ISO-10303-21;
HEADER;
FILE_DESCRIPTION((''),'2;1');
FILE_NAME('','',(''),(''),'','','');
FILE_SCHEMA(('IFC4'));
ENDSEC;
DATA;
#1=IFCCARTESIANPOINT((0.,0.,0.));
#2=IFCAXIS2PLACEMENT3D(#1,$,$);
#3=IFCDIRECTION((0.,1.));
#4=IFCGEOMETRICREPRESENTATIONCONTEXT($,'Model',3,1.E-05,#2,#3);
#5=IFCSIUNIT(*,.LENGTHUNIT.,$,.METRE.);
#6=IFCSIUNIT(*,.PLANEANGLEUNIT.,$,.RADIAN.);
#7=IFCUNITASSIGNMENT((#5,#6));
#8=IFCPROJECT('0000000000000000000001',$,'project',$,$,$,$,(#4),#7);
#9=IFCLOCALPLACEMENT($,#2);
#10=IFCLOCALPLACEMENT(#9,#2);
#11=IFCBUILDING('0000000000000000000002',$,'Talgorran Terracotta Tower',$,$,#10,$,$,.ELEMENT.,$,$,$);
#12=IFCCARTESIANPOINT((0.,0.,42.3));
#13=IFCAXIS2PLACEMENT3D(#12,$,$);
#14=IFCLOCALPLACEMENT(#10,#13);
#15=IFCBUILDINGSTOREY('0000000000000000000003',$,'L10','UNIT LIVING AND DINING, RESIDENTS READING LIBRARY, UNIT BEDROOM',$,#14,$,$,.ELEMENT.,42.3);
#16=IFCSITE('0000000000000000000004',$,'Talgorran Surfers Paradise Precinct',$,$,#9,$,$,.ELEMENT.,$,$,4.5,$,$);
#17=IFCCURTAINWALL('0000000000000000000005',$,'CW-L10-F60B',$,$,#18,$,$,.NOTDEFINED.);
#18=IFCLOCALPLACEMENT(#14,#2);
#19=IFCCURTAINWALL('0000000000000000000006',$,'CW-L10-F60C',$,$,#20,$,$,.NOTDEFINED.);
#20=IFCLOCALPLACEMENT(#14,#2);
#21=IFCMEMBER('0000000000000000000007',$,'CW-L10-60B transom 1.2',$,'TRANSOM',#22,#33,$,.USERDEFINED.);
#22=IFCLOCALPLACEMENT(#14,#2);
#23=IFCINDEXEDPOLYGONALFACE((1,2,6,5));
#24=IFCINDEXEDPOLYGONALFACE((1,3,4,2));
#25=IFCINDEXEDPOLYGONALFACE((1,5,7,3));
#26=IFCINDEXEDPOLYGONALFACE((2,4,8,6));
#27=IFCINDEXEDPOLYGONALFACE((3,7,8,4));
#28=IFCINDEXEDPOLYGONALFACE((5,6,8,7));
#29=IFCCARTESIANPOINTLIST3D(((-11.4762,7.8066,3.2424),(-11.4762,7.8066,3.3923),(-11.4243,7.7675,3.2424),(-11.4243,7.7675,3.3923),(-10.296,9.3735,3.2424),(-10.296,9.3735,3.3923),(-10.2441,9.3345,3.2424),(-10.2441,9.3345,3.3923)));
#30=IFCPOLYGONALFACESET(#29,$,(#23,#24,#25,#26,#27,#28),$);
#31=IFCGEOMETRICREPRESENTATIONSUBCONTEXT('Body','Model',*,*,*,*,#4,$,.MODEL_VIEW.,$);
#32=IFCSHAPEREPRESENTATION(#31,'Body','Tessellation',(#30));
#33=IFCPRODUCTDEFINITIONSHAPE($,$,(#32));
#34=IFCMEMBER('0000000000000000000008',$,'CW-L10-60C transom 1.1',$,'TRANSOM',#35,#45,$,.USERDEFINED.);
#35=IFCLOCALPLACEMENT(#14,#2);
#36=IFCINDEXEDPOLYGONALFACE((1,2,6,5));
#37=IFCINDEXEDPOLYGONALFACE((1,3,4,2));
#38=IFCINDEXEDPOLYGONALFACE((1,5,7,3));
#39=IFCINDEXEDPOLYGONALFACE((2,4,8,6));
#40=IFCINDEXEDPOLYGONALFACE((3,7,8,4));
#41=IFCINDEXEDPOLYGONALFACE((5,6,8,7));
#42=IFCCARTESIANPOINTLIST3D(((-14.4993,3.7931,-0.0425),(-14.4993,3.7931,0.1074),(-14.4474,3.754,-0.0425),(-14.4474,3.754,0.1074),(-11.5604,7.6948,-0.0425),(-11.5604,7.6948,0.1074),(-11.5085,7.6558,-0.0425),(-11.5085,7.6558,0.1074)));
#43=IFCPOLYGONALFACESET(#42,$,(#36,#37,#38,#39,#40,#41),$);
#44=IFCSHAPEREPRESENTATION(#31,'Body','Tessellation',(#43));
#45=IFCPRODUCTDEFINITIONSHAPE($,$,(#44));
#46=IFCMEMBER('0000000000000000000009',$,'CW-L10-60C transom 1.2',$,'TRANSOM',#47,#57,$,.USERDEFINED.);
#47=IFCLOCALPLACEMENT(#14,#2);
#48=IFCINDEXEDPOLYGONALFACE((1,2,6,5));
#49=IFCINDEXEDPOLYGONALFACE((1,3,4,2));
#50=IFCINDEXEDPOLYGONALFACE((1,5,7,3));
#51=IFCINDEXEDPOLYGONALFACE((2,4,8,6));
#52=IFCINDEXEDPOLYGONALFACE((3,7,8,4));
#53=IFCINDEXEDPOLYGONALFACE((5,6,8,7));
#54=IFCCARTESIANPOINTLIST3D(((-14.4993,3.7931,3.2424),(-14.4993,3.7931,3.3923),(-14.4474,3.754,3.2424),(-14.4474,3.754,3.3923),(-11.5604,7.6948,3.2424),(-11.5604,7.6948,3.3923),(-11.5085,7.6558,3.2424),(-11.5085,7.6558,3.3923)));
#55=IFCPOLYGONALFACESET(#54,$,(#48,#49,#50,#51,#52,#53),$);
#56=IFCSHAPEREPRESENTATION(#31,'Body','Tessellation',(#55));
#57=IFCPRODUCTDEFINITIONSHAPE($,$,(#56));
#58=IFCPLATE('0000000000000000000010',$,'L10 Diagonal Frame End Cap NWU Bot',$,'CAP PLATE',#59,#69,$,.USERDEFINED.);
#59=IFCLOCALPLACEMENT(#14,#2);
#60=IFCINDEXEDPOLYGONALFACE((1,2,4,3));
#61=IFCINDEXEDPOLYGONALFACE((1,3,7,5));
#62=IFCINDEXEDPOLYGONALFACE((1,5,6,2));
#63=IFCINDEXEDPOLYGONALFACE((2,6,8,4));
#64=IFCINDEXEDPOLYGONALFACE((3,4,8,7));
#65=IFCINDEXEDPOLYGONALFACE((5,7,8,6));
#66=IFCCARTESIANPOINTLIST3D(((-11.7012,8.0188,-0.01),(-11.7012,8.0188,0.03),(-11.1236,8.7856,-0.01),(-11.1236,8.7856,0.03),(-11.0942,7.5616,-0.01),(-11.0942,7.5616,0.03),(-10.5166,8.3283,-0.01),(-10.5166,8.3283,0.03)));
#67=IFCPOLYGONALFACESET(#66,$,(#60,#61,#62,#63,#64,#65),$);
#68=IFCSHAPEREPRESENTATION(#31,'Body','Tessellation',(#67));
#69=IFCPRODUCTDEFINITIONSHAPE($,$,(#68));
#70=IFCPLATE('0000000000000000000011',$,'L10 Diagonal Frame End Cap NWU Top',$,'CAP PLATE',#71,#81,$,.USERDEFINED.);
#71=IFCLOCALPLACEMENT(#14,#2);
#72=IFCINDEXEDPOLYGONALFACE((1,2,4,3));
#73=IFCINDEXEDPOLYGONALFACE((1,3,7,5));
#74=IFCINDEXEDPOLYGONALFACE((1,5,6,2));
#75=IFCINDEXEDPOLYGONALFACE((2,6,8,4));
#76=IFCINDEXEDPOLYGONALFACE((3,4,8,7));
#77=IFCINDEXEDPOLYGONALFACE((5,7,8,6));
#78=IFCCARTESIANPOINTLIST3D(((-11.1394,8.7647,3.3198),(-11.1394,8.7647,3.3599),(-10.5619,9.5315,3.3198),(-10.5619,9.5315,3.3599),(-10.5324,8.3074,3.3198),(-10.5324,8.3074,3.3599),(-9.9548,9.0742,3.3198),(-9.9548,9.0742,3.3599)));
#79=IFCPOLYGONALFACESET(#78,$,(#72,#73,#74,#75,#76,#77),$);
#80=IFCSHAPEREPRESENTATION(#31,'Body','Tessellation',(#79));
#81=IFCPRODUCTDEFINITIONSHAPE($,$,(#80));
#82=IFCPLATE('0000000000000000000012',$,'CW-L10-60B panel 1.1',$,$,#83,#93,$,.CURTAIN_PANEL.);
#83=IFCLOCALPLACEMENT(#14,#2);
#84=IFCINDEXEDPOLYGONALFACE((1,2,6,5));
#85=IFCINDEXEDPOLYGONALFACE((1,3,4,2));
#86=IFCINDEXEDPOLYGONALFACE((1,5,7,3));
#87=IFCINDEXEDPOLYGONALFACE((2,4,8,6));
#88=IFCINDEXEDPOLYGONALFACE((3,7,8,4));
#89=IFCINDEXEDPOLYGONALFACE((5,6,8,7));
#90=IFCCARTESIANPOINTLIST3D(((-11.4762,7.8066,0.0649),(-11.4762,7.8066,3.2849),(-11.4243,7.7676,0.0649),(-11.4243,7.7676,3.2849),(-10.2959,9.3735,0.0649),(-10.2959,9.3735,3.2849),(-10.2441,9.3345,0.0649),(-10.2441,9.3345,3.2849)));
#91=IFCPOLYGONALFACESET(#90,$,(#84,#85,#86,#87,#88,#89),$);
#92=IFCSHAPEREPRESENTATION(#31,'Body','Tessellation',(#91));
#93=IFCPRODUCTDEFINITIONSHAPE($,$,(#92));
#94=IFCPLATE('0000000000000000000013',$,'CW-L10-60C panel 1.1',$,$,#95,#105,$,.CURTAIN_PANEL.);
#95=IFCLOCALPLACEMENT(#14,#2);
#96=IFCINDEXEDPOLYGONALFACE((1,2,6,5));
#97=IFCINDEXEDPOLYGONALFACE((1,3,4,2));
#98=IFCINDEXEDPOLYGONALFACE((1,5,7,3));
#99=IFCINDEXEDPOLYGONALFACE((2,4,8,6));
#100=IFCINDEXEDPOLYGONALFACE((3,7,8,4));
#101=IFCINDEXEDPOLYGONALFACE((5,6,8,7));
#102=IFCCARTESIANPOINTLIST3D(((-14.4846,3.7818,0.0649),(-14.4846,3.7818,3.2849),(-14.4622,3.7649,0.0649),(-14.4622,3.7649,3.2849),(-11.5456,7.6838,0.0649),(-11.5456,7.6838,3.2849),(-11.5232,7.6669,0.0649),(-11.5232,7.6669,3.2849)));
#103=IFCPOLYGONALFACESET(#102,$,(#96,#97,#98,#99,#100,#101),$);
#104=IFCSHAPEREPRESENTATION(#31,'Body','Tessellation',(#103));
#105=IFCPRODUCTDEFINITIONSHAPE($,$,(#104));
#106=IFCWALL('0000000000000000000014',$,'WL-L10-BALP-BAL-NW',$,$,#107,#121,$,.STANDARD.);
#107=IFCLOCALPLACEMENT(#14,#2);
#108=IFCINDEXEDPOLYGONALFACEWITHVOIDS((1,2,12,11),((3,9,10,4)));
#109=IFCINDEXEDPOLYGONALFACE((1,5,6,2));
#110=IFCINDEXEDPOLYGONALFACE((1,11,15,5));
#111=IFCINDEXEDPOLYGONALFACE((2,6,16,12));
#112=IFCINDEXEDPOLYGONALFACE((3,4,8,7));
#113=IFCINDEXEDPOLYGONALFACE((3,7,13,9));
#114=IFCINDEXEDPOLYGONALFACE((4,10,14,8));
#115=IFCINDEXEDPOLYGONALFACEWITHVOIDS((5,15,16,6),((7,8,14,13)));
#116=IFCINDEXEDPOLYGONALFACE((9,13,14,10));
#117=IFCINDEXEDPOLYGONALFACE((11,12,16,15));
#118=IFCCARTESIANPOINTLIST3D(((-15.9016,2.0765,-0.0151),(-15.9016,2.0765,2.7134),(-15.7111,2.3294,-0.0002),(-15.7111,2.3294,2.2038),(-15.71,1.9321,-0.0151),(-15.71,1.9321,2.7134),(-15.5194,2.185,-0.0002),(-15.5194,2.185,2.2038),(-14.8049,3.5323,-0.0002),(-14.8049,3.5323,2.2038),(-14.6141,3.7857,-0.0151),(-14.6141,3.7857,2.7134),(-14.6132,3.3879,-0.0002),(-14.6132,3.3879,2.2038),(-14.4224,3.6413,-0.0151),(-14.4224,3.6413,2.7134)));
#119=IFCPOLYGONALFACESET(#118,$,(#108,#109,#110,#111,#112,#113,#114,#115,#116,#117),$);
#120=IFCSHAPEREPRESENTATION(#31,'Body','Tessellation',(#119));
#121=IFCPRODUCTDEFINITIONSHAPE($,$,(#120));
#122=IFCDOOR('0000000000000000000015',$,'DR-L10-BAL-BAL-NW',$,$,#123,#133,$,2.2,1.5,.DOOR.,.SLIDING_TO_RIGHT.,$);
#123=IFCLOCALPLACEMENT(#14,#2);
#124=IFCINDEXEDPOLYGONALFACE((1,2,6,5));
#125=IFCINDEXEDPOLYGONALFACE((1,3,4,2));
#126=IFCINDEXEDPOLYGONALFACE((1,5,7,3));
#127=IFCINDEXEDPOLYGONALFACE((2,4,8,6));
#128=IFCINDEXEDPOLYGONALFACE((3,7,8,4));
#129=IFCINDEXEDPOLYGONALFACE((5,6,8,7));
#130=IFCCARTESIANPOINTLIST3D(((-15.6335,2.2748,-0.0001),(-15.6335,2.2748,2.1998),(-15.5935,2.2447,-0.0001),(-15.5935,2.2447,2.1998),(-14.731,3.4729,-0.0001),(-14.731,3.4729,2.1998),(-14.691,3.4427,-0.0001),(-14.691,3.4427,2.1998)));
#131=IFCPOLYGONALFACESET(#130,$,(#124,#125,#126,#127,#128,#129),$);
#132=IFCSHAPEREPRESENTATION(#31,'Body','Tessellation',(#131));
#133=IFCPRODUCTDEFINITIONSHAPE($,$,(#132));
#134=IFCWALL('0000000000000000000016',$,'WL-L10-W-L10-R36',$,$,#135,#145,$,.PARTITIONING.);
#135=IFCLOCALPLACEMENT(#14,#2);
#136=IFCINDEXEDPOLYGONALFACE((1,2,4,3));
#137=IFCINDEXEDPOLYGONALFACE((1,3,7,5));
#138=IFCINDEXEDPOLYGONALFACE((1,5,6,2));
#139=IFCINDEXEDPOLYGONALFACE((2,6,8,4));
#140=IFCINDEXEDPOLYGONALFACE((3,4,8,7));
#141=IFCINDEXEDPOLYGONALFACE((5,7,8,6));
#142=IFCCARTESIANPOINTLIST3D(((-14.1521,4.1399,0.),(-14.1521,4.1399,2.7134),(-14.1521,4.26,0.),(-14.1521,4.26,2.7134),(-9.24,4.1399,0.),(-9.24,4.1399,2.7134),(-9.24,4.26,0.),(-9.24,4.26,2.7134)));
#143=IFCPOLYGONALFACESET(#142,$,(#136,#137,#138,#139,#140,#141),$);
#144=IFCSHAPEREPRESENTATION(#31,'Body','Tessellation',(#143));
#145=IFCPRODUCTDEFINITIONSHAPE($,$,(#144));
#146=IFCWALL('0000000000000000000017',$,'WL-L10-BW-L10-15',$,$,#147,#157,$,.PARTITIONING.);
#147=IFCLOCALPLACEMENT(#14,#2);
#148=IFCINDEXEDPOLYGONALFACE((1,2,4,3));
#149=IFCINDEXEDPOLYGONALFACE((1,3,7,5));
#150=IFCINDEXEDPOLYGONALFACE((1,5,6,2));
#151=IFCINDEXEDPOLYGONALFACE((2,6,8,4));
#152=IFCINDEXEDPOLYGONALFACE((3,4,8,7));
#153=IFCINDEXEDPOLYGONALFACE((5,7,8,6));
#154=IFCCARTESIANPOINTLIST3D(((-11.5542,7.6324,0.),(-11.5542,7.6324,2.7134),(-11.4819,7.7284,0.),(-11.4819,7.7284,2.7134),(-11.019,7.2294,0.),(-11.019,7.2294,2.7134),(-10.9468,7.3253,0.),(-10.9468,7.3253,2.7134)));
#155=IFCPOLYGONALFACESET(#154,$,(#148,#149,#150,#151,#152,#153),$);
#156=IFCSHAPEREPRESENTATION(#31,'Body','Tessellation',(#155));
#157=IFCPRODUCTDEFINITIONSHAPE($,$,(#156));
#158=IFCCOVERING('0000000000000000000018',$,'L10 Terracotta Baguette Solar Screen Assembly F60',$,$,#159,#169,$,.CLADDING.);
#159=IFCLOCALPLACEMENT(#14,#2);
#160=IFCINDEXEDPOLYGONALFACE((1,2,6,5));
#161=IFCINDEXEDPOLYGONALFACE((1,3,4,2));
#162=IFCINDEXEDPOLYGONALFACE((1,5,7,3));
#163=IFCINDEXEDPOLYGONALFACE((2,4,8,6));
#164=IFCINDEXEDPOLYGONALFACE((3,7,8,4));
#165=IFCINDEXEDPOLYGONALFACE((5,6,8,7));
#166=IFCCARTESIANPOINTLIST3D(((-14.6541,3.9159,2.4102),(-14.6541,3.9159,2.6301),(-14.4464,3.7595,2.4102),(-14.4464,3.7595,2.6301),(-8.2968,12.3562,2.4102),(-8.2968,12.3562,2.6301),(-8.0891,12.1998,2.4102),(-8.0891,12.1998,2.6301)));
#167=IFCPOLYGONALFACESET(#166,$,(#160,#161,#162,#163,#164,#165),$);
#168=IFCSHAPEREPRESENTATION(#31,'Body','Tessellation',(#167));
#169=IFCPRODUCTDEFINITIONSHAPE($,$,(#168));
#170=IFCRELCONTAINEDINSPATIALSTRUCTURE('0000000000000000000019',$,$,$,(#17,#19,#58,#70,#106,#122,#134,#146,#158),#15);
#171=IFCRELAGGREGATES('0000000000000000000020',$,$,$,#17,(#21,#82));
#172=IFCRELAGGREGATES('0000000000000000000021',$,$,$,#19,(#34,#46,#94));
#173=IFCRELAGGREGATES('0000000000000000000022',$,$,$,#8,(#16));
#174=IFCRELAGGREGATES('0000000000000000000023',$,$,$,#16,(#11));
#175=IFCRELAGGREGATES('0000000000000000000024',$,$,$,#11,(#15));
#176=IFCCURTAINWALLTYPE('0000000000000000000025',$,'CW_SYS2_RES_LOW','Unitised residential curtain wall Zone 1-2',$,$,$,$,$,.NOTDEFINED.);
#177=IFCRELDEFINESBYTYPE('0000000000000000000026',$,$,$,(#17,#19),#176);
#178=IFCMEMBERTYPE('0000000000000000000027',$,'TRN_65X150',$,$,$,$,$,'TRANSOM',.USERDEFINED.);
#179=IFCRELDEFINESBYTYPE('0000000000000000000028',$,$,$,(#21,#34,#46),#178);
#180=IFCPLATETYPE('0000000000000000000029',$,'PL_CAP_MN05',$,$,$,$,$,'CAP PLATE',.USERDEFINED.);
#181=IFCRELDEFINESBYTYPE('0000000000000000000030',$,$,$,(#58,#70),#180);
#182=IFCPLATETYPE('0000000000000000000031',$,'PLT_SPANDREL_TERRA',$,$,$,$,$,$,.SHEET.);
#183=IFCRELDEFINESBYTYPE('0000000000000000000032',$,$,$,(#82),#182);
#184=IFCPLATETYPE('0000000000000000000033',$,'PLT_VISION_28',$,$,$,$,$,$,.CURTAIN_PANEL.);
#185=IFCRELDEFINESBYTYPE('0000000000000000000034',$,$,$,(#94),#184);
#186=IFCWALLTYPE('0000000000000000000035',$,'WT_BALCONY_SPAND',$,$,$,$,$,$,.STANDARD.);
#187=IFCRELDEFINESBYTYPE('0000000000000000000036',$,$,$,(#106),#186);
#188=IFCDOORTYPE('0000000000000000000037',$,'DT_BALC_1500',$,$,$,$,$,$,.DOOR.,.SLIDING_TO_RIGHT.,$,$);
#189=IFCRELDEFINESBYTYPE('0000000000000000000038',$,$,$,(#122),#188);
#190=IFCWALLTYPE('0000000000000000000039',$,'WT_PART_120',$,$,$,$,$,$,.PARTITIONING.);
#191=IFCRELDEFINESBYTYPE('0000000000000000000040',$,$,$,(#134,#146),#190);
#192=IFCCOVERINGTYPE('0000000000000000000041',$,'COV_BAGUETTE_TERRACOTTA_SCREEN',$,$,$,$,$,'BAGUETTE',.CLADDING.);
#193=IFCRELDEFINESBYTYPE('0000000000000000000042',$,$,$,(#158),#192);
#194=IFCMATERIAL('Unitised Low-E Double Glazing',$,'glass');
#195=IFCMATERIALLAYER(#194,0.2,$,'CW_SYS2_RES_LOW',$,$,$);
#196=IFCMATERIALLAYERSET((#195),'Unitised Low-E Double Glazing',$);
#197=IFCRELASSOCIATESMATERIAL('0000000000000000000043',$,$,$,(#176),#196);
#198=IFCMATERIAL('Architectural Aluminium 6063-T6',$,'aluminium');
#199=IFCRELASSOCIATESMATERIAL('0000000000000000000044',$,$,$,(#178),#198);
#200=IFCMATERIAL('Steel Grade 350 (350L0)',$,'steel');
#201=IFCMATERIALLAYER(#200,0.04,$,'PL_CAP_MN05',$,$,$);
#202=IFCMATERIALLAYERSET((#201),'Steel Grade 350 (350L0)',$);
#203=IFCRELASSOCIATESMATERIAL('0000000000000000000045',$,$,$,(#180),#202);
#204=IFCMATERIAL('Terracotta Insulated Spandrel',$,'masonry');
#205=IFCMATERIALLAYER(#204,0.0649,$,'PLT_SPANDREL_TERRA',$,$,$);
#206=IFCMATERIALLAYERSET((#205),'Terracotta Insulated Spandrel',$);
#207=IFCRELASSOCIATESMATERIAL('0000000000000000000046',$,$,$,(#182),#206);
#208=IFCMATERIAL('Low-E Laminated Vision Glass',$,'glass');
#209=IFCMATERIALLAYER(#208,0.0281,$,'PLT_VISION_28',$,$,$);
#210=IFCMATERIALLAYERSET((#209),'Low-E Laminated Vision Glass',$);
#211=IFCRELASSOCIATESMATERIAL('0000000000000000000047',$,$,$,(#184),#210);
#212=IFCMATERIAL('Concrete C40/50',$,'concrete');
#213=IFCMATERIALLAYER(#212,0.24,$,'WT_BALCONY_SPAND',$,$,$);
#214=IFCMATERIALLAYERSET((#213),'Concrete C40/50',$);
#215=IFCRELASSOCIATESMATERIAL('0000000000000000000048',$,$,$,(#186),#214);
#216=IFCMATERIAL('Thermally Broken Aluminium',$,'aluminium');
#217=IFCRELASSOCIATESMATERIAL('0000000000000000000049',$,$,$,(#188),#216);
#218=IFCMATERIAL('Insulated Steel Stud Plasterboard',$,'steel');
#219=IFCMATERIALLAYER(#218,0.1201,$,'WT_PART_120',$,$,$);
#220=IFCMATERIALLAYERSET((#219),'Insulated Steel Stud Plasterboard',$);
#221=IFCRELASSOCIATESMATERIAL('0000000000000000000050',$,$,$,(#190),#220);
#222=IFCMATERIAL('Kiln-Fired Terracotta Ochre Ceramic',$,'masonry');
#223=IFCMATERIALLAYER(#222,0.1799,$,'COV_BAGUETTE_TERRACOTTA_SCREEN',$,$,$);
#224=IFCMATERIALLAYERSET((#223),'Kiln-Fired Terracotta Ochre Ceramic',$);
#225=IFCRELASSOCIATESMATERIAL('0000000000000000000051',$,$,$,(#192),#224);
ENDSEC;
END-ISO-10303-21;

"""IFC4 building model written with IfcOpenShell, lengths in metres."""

from ifc_helpers import new_model, si_unit, direction, frame, frame_2d, origin, origin_2d, place, context, subcontext, project, spatial, rectangle, extrude, source, transform, mapped, material, layer, layer_set, material_profile, profile_set, type_object, type_shapes, element, fill, aggregate, save


model = new_model("IFC4")

# Units and contexts
model_context = context("Model", 3, precision=1e-05, world=origin(), true_north=direction((0.0, 1.0)))
body_context = subcontext(model_context, "Body", "Model", "MODEL_VIEW")
ifc_project = project(units=[si_unit("LENGTHUNIT", "METRE"), si_unit("PLANEANGLEUNIT", "RADIAN")], contexts=[model_context])

# Site, building, storey
site_placement = place(None, origin())
site = spatial("IfcSite", under=ifc_project, at=site_placement, Name="Talgorran Surfers Paradise Precinct", CompositionType="ELEMENT", RefElevation=4.5)
building_placement = place(site_placement, origin())
building = spatial("IfcBuilding", under=site, at=building_placement, Name="Talgorran Terracotta Tower", CompositionType="ELEMENT")
storey_placement = place(building_placement, frame((0.0, 0.0, 42.3)))
storey = spatial("IfcBuildingStorey", under=building, at=storey_placement, Name="L10", Description="UNIT LIVING AND DINING, RESIDENTS READING LIBRARY, UNIT BEDROOM", CompositionType="ELEMENT", Elevation=42.3)

# Shared definitions
ifc_material_1 = material(Name="Steel Grade 350 (350L0)", Category="steel")

# Curtain walls
ifc_material_2 = material(Name="Unitised Low-E Double Glazing", Category="glass")
ifc_layer_1 = layer(ifc_material_2, 0.2, Name="CW_SYS2_RES_LOW")
ifc_layer_set_1 = layer_set([ifc_layer_1], Name="Unitised Low-E Double Glazing")
curtain_wall_type = type_object("IfcCurtainWallType", Name="CW_SYS2_RES_LOW", Description="Unitised residential curtain wall Zone 1-2", PredefinedType="NOTDEFINED", material=ifc_layer_set_1)
curtain_wall_1_placement = place(storey_placement, origin())
curtain_wall_1 = element("IfcCurtainWall", 1, at=curtain_wall_1_placement, inside=storey, type_object=curtain_wall_type, Name="CW-L10-F60B", PredefinedType="NOTDEFINED")
ifc_material_3 = material(Name="Architectural Aluminium 6063-T6", Category="aluminium")
curtain_wall_2_placement = place(storey_placement, origin())
curtain_wall_2 = element("IfcCurtainWall", 2, at=curtain_wall_2_placement, inside=storey, type_object=curtain_wall_type, Name="CW-L10-F60C", PredefinedType="NOTDEFINED")

# Members
ifc_material_profile_1 = material_profile(ifc_material_3, rectangle(XDim=0.0649, YDim=0.1499, at=origin_2d()), Name="CWT65X150")
ifc_profile_set_1 = profile_set([ifc_material_profile_1], Name="Architectural Aluminium 6063-T6")
member_type_1 = type_object("IfcMemberType", Name="TRN_65X150", ElementType="TRANSOM", PredefinedType="USERDEFINED", material=ifc_profile_set_1)
member_1_placement = place(storey_placement, frame((-10.27, 9.354, 3.3174), z_axis=(-0.601632, -0.798774, 0.0), x_axis=(0.798774, -0.601632, 0.0)))
member_1 = element("IfcMember", 3, at=member_1_placement, type_object=member_type_1, Name="CW-L10-60B transom 1.2", ObjectType="TRANSOM", PredefinedType="USERDEFINED", context=body_context, shape_type="SweptSolid", body=[
    extrude(rectangle(XDim=0.0649, YDim=0.1499, at=origin_2d()), origin(), (0.0, 0.0, 1.0), 1.9617),
])
member_2_placement = place(storey_placement, frame((-11.5344, 7.6753, 0.0325), z_axis=(-0.601646, -0.798763, 0.0), x_axis=(0.798763, -0.601646, 0.0)))
member_2 = element("IfcMember", 4, at=member_2_placement, type_object=member_type_1, Name="CW-L10-60C transom 1.1", ObjectType="TRANSOM", PredefinedType="USERDEFINED", context=body_context, shape_type="SweptSolid", body=[
    extrude(rectangle(XDim=0.0649, YDim=0.1499, at=origin_2d()), origin(), (0.0, 0.0, 1.0), 4.8848),
])
member_3_placement = place(storey_placement, frame((-11.5344, 7.6753, 3.3174), z_axis=(-0.601646, -0.798763, 0.0), x_axis=(0.798763, -0.601646, 0.0)))
member_3 = element("IfcMember", 5, at=member_3_placement, type_object=member_type_1, Name="CW-L10-60C transom 1.2", ObjectType="TRANSOM", PredefinedType="USERDEFINED", context=body_context, shape_type="SweptSolid", body=[
    extrude(rectangle(XDim=0.0649, YDim=0.1499, at=origin_2d()), origin(), (0.0, 0.0, 1.0), 4.8848),
])

# Plates
ifc_layer_2 = layer(ifc_material_1, 0.04, Name="PL_CAP_MN05")
ifc_layer_set_2 = layer_set([ifc_layer_2], Name="Steel Grade 350 (350L0)")
plate_type_1 = type_object("IfcPlateType", Name="PL_CAP_MN05", ElementType="CAP PLATE", PredefinedType="USERDEFINED", material=ifc_layer_set_2)
for number, where, z_axis, x_axis, name in (
    (6, (-11.1089, 8.1736, -0.01), (0.0, 0.0, 1.0), (0.601676, 0.798741, 0.0), "L10 Diagonal Frame End Cap NWU Bot"),
    (7, (-10.5471, 8.9194, 3.3198), (0.0, 0.0, 1.0), (0.601676, 0.798741, 0.0), "L10 Diagonal Frame End Cap NWU Top"),
):
    element("IfcPlate", number, at=place(storey_placement, frame(where, z_axis=z_axis, x_axis=x_axis)), inside=storey, type_object=plate_type_1, Name=name, ObjectType="CAP PLATE", PredefinedType="USERDEFINED", context=body_context, shape_type="SweptSolid", body=[
        extrude(rectangle(XDim=0.96, YDim=0.76, at=origin_2d()), origin(), (0.0, 0.0, 1.0), 0.04),
    ])

# Plates
ifc_material_4 = material(Name="Terracotta Insulated Spandrel", Category="masonry")
ifc_layer_3 = layer(ifc_material_4, 0.0649, Name="PLT_SPANDREL_TERRA")
ifc_layer_set_3 = layer_set([ifc_layer_3], Name="Terracotta Insulated Spandrel")
plate_type_2 = type_object("IfcPlateType", Name="PLT_SPANDREL_TERRA", PredefinedType="SHEET", material=ifc_layer_set_3)
shared_shape_1 = source(origin(), body_context, "Body", "SweptSolid", [
    extrude(rectangle(XDim=1.9617, YDim=0.0649, at=origin_2d()), origin(), (0.0, 0.0, 1.0), 3.22),
])
type_shapes(plate_type_2, [shared_shape_1])
plate_1_placement = place(storey_placement, frame((-10.8601, 8.5706, 0.0649), z_axis=(0.0, 0.0, 1.0), x_axis=(-0.601643, -0.798765, 0.0)))
plate_1 = element("IfcPlate", 8, at=plate_1_placement, type_object=plate_type_2, Name="CW-L10-60B panel 1.1", PredefinedType="CURTAIN_PANEL", context=body_context, shape_type="MappedRepresentation", body=[
    mapped(shared_shape_1, transform((0.0, 0.0, 0.0), scale=1.0)),
])
aggregate(curtain_wall_1, [member_1, plate_1])
ifc_material_5 = material(Name="Low-E Laminated Vision Glass", Category="glass")
ifc_layer_4 = layer(ifc_material_5, 0.0281, Name="PLT_VISION_28")
ifc_layer_set_4 = layer_set([ifc_layer_4], Name="Low-E Laminated Vision Glass")
plate_type_3 = type_object("IfcPlateType", Name="PLT_VISION_28", PredefinedType="CURTAIN_PANEL", material=ifc_layer_set_4)
shared_shape_2 = source(origin(), body_context, "Body", "SweptSolid", [
    extrude(rectangle(XDim=4.885, YDim=0.0281, at=origin_2d()), origin(), (0.0, 0.0, 1.0), 3.22),
])
type_shapes(plate_type_3, [shared_shape_2])
plate_2_placement = place(storey_placement, frame((-13.0039, 5.7244, 0.0649), z_axis=(0.0, 0.0, 1.0), x_axis=(-0.601626, -0.798778, 0.0)))
plate_2 = element("IfcPlate", 9, at=plate_2_placement, type_object=plate_type_3, Name="CW-L10-60C panel 1.1", PredefinedType="CURTAIN_PANEL", context=body_context, shape_type="MappedRepresentation", body=[
    mapped(shared_shape_2, transform((0.0, 0.0, 0.0), scale=1.0)),
])
aggregate(curtain_wall_2, [member_2, member_3, plate_2])

# Wall, opening, door
ifc_material_6 = material(Name="Concrete C40/50", Category="concrete")
ifc_layer_5 = layer(ifc_material_6, 0.24, Name="WT_BALCONY_SPAND")
ifc_layer_set_5 = layer_set([ifc_layer_5], Name="Concrete C40/50")
wall_type_1 = type_object("IfcWallType", Name="WT_BALCONY_SPAND", PredefinedType="STANDARD", material=ifc_layer_set_5)
wall_1_placement = place(storey_placement, frame((-14.5183, 3.7134, -0.0151), z_axis=(0.0, 0.0, 1.0), x_axis=(-0.601696, -0.798725, 0.0)))
wall_1 = element("IfcWall", 10, at=wall_1_placement, inside=storey, type_object=wall_type_1, Name="WL-L10-BALP-BAL-NW", PredefinedType="STANDARD", context=body_context, shape_type="SweptSolid", body=[
    extrude(rectangle(XDim=2.1399, YDim=0.24, at=frame_2d((1.0698, 0.0))), origin(), (0.0, 0.0, 1.0), 2.7285),
])
opening_placement = place(wall_1_placement, frame((0.3201, 0.0, 0.0149)))
opening = element("IfcOpeningElement", 11, at=opening_placement, cuts=wall_1, PredefinedType="OPENING", context=body_context, shape_type="SweptSolid", body=[
    extrude(rectangle(XDim=1.506, YDim=2.204, at=frame_2d((0.75, 1.1021))), frame((0.0, 0.1299, 0.0), z_axis=(0.0, -1.0, 0.0), x_axis=(1.0, 0.0, 0.0)), (0.0, 0.0, 1.0), 0.26),
])
ifc_material_7 = material(Name="Thermally Broken Aluminium", Category="aluminium")
door_type = type_object("IfcDoorType", Name="DT_BALC_1500", OperationType="SLIDING_TO_RIGHT", PredefinedType="DOOR", material=ifc_material_7)
door_placement = place(opening_placement, origin())
door = element("IfcDoor", 12, at=door_placement, inside=storey, type_object=door_type, Name="DR-L10-BAL-BAL-NW", OperationType="SLIDING_TO_RIGHT", OverallHeight=2.2, OverallWidth=1.5, PredefinedType="DOOR", context=body_context, shape_type="SweptSolid", body=[
    extrude(rectangle(XDim=1.5, YDim=2.2, at=frame_2d((0.75, 1.1001))), frame((0.0, 0.0249, 0.0), z_axis=(0.0, -1.0, 0.0), x_axis=(1.0, 0.0, 0.0)), (0.0, 0.0, 1.0), 0.05),
])
fill(opening, door)

# Walls
ifc_material_8 = material(Name="Insulated Steel Stud Plasterboard", Category="steel")
ifc_layer_6 = layer(ifc_material_8, 0.1201, Name="WT_PART_120")
ifc_layer_set_6 = layer_set([ifc_layer_6], Name="Insulated Steel Stud Plasterboard")
wall_type_2 = type_object("IfcWallType", Name="WT_PART_120", PredefinedType="PARTITIONING", material=ifc_layer_set_6)
wall_2_placement = place(storey_placement, frame((-14.1521, 4.2, 0.0), z_axis=(0.0, 0.0, 1.0), x_axis=(1.0, 0.0, 0.0)))
element("IfcWall", 13, at=wall_2_placement, inside=storey, type_object=wall_type_2, Name="WL-L10-W-L10-R36", PredefinedType="PARTITIONING", context=body_context, shape_type="SweptSolid", body=[
    extrude(rectangle(XDim=4.9121, YDim=0.1201, at=frame_2d((2.4561, 0.0))), origin(), (0.0, 0.0, 1.0), 2.7134),
])
wall_3_placement = place(storey_placement, frame((-10.9829, 7.2773, 0.0), z_axis=(0.0, 0.0, 1.0), x_axis=(-0.798774, 0.601631, 0.0)))
element("IfcWall", 14, at=wall_3_placement, inside=storey, type_object=wall_type_2, Name="WL-L10-BW-L10-15", PredefinedType="PARTITIONING", context=body_context, shape_type="SweptSolid", body=[
    extrude(rectangle(XDim=0.6699, YDim=0.1201, at=frame_2d((0.335, 0.0))), origin(), (0.0, 0.0, 1.0), 2.7134),
])

# Covering
ifc_material_9 = material(Name="Kiln-Fired Terracotta Ochre Ceramic", Category="masonry")
ifc_layer_7 = layer(ifc_material_9, 0.1799, Name="COV_BAGUETTE_TERRACOTTA_SCREEN")
ifc_layer_set_7 = layer_set([ifc_layer_7], Name="Kiln-Fired Terracotta Ochre Ceramic")
covering_type_1 = type_object("IfcCoveringType", Name="COV_BAGUETTE_TERRACOTTA_SCREEN", ElementType="BAGUETTE", PredefinedType="CLADDING", material=ifc_layer_set_7)
covering_1_placement = place(storey_placement, frame((-11.3716, 8.0579, 2.4102), z_axis=(0.0, 0.0, 1.0), x_axis=(-0.601634, -0.798772, 0.0)))
element("IfcCovering", 15, at=covering_1_placement, inside=storey, type_object=covering_type_1, Name="L10 Terracotta Baguette Solar Screen Assembly F60", PredefinedType="CLADDING", context=body_context, shape_type="SweptSolid", body=[
    extrude(rectangle(XDim=10.5667, YDim=0.26, at=origin_2d()), origin(), (0.0, 0.0, 1.0), 0.22),
])

save(model, "model.ifc")
